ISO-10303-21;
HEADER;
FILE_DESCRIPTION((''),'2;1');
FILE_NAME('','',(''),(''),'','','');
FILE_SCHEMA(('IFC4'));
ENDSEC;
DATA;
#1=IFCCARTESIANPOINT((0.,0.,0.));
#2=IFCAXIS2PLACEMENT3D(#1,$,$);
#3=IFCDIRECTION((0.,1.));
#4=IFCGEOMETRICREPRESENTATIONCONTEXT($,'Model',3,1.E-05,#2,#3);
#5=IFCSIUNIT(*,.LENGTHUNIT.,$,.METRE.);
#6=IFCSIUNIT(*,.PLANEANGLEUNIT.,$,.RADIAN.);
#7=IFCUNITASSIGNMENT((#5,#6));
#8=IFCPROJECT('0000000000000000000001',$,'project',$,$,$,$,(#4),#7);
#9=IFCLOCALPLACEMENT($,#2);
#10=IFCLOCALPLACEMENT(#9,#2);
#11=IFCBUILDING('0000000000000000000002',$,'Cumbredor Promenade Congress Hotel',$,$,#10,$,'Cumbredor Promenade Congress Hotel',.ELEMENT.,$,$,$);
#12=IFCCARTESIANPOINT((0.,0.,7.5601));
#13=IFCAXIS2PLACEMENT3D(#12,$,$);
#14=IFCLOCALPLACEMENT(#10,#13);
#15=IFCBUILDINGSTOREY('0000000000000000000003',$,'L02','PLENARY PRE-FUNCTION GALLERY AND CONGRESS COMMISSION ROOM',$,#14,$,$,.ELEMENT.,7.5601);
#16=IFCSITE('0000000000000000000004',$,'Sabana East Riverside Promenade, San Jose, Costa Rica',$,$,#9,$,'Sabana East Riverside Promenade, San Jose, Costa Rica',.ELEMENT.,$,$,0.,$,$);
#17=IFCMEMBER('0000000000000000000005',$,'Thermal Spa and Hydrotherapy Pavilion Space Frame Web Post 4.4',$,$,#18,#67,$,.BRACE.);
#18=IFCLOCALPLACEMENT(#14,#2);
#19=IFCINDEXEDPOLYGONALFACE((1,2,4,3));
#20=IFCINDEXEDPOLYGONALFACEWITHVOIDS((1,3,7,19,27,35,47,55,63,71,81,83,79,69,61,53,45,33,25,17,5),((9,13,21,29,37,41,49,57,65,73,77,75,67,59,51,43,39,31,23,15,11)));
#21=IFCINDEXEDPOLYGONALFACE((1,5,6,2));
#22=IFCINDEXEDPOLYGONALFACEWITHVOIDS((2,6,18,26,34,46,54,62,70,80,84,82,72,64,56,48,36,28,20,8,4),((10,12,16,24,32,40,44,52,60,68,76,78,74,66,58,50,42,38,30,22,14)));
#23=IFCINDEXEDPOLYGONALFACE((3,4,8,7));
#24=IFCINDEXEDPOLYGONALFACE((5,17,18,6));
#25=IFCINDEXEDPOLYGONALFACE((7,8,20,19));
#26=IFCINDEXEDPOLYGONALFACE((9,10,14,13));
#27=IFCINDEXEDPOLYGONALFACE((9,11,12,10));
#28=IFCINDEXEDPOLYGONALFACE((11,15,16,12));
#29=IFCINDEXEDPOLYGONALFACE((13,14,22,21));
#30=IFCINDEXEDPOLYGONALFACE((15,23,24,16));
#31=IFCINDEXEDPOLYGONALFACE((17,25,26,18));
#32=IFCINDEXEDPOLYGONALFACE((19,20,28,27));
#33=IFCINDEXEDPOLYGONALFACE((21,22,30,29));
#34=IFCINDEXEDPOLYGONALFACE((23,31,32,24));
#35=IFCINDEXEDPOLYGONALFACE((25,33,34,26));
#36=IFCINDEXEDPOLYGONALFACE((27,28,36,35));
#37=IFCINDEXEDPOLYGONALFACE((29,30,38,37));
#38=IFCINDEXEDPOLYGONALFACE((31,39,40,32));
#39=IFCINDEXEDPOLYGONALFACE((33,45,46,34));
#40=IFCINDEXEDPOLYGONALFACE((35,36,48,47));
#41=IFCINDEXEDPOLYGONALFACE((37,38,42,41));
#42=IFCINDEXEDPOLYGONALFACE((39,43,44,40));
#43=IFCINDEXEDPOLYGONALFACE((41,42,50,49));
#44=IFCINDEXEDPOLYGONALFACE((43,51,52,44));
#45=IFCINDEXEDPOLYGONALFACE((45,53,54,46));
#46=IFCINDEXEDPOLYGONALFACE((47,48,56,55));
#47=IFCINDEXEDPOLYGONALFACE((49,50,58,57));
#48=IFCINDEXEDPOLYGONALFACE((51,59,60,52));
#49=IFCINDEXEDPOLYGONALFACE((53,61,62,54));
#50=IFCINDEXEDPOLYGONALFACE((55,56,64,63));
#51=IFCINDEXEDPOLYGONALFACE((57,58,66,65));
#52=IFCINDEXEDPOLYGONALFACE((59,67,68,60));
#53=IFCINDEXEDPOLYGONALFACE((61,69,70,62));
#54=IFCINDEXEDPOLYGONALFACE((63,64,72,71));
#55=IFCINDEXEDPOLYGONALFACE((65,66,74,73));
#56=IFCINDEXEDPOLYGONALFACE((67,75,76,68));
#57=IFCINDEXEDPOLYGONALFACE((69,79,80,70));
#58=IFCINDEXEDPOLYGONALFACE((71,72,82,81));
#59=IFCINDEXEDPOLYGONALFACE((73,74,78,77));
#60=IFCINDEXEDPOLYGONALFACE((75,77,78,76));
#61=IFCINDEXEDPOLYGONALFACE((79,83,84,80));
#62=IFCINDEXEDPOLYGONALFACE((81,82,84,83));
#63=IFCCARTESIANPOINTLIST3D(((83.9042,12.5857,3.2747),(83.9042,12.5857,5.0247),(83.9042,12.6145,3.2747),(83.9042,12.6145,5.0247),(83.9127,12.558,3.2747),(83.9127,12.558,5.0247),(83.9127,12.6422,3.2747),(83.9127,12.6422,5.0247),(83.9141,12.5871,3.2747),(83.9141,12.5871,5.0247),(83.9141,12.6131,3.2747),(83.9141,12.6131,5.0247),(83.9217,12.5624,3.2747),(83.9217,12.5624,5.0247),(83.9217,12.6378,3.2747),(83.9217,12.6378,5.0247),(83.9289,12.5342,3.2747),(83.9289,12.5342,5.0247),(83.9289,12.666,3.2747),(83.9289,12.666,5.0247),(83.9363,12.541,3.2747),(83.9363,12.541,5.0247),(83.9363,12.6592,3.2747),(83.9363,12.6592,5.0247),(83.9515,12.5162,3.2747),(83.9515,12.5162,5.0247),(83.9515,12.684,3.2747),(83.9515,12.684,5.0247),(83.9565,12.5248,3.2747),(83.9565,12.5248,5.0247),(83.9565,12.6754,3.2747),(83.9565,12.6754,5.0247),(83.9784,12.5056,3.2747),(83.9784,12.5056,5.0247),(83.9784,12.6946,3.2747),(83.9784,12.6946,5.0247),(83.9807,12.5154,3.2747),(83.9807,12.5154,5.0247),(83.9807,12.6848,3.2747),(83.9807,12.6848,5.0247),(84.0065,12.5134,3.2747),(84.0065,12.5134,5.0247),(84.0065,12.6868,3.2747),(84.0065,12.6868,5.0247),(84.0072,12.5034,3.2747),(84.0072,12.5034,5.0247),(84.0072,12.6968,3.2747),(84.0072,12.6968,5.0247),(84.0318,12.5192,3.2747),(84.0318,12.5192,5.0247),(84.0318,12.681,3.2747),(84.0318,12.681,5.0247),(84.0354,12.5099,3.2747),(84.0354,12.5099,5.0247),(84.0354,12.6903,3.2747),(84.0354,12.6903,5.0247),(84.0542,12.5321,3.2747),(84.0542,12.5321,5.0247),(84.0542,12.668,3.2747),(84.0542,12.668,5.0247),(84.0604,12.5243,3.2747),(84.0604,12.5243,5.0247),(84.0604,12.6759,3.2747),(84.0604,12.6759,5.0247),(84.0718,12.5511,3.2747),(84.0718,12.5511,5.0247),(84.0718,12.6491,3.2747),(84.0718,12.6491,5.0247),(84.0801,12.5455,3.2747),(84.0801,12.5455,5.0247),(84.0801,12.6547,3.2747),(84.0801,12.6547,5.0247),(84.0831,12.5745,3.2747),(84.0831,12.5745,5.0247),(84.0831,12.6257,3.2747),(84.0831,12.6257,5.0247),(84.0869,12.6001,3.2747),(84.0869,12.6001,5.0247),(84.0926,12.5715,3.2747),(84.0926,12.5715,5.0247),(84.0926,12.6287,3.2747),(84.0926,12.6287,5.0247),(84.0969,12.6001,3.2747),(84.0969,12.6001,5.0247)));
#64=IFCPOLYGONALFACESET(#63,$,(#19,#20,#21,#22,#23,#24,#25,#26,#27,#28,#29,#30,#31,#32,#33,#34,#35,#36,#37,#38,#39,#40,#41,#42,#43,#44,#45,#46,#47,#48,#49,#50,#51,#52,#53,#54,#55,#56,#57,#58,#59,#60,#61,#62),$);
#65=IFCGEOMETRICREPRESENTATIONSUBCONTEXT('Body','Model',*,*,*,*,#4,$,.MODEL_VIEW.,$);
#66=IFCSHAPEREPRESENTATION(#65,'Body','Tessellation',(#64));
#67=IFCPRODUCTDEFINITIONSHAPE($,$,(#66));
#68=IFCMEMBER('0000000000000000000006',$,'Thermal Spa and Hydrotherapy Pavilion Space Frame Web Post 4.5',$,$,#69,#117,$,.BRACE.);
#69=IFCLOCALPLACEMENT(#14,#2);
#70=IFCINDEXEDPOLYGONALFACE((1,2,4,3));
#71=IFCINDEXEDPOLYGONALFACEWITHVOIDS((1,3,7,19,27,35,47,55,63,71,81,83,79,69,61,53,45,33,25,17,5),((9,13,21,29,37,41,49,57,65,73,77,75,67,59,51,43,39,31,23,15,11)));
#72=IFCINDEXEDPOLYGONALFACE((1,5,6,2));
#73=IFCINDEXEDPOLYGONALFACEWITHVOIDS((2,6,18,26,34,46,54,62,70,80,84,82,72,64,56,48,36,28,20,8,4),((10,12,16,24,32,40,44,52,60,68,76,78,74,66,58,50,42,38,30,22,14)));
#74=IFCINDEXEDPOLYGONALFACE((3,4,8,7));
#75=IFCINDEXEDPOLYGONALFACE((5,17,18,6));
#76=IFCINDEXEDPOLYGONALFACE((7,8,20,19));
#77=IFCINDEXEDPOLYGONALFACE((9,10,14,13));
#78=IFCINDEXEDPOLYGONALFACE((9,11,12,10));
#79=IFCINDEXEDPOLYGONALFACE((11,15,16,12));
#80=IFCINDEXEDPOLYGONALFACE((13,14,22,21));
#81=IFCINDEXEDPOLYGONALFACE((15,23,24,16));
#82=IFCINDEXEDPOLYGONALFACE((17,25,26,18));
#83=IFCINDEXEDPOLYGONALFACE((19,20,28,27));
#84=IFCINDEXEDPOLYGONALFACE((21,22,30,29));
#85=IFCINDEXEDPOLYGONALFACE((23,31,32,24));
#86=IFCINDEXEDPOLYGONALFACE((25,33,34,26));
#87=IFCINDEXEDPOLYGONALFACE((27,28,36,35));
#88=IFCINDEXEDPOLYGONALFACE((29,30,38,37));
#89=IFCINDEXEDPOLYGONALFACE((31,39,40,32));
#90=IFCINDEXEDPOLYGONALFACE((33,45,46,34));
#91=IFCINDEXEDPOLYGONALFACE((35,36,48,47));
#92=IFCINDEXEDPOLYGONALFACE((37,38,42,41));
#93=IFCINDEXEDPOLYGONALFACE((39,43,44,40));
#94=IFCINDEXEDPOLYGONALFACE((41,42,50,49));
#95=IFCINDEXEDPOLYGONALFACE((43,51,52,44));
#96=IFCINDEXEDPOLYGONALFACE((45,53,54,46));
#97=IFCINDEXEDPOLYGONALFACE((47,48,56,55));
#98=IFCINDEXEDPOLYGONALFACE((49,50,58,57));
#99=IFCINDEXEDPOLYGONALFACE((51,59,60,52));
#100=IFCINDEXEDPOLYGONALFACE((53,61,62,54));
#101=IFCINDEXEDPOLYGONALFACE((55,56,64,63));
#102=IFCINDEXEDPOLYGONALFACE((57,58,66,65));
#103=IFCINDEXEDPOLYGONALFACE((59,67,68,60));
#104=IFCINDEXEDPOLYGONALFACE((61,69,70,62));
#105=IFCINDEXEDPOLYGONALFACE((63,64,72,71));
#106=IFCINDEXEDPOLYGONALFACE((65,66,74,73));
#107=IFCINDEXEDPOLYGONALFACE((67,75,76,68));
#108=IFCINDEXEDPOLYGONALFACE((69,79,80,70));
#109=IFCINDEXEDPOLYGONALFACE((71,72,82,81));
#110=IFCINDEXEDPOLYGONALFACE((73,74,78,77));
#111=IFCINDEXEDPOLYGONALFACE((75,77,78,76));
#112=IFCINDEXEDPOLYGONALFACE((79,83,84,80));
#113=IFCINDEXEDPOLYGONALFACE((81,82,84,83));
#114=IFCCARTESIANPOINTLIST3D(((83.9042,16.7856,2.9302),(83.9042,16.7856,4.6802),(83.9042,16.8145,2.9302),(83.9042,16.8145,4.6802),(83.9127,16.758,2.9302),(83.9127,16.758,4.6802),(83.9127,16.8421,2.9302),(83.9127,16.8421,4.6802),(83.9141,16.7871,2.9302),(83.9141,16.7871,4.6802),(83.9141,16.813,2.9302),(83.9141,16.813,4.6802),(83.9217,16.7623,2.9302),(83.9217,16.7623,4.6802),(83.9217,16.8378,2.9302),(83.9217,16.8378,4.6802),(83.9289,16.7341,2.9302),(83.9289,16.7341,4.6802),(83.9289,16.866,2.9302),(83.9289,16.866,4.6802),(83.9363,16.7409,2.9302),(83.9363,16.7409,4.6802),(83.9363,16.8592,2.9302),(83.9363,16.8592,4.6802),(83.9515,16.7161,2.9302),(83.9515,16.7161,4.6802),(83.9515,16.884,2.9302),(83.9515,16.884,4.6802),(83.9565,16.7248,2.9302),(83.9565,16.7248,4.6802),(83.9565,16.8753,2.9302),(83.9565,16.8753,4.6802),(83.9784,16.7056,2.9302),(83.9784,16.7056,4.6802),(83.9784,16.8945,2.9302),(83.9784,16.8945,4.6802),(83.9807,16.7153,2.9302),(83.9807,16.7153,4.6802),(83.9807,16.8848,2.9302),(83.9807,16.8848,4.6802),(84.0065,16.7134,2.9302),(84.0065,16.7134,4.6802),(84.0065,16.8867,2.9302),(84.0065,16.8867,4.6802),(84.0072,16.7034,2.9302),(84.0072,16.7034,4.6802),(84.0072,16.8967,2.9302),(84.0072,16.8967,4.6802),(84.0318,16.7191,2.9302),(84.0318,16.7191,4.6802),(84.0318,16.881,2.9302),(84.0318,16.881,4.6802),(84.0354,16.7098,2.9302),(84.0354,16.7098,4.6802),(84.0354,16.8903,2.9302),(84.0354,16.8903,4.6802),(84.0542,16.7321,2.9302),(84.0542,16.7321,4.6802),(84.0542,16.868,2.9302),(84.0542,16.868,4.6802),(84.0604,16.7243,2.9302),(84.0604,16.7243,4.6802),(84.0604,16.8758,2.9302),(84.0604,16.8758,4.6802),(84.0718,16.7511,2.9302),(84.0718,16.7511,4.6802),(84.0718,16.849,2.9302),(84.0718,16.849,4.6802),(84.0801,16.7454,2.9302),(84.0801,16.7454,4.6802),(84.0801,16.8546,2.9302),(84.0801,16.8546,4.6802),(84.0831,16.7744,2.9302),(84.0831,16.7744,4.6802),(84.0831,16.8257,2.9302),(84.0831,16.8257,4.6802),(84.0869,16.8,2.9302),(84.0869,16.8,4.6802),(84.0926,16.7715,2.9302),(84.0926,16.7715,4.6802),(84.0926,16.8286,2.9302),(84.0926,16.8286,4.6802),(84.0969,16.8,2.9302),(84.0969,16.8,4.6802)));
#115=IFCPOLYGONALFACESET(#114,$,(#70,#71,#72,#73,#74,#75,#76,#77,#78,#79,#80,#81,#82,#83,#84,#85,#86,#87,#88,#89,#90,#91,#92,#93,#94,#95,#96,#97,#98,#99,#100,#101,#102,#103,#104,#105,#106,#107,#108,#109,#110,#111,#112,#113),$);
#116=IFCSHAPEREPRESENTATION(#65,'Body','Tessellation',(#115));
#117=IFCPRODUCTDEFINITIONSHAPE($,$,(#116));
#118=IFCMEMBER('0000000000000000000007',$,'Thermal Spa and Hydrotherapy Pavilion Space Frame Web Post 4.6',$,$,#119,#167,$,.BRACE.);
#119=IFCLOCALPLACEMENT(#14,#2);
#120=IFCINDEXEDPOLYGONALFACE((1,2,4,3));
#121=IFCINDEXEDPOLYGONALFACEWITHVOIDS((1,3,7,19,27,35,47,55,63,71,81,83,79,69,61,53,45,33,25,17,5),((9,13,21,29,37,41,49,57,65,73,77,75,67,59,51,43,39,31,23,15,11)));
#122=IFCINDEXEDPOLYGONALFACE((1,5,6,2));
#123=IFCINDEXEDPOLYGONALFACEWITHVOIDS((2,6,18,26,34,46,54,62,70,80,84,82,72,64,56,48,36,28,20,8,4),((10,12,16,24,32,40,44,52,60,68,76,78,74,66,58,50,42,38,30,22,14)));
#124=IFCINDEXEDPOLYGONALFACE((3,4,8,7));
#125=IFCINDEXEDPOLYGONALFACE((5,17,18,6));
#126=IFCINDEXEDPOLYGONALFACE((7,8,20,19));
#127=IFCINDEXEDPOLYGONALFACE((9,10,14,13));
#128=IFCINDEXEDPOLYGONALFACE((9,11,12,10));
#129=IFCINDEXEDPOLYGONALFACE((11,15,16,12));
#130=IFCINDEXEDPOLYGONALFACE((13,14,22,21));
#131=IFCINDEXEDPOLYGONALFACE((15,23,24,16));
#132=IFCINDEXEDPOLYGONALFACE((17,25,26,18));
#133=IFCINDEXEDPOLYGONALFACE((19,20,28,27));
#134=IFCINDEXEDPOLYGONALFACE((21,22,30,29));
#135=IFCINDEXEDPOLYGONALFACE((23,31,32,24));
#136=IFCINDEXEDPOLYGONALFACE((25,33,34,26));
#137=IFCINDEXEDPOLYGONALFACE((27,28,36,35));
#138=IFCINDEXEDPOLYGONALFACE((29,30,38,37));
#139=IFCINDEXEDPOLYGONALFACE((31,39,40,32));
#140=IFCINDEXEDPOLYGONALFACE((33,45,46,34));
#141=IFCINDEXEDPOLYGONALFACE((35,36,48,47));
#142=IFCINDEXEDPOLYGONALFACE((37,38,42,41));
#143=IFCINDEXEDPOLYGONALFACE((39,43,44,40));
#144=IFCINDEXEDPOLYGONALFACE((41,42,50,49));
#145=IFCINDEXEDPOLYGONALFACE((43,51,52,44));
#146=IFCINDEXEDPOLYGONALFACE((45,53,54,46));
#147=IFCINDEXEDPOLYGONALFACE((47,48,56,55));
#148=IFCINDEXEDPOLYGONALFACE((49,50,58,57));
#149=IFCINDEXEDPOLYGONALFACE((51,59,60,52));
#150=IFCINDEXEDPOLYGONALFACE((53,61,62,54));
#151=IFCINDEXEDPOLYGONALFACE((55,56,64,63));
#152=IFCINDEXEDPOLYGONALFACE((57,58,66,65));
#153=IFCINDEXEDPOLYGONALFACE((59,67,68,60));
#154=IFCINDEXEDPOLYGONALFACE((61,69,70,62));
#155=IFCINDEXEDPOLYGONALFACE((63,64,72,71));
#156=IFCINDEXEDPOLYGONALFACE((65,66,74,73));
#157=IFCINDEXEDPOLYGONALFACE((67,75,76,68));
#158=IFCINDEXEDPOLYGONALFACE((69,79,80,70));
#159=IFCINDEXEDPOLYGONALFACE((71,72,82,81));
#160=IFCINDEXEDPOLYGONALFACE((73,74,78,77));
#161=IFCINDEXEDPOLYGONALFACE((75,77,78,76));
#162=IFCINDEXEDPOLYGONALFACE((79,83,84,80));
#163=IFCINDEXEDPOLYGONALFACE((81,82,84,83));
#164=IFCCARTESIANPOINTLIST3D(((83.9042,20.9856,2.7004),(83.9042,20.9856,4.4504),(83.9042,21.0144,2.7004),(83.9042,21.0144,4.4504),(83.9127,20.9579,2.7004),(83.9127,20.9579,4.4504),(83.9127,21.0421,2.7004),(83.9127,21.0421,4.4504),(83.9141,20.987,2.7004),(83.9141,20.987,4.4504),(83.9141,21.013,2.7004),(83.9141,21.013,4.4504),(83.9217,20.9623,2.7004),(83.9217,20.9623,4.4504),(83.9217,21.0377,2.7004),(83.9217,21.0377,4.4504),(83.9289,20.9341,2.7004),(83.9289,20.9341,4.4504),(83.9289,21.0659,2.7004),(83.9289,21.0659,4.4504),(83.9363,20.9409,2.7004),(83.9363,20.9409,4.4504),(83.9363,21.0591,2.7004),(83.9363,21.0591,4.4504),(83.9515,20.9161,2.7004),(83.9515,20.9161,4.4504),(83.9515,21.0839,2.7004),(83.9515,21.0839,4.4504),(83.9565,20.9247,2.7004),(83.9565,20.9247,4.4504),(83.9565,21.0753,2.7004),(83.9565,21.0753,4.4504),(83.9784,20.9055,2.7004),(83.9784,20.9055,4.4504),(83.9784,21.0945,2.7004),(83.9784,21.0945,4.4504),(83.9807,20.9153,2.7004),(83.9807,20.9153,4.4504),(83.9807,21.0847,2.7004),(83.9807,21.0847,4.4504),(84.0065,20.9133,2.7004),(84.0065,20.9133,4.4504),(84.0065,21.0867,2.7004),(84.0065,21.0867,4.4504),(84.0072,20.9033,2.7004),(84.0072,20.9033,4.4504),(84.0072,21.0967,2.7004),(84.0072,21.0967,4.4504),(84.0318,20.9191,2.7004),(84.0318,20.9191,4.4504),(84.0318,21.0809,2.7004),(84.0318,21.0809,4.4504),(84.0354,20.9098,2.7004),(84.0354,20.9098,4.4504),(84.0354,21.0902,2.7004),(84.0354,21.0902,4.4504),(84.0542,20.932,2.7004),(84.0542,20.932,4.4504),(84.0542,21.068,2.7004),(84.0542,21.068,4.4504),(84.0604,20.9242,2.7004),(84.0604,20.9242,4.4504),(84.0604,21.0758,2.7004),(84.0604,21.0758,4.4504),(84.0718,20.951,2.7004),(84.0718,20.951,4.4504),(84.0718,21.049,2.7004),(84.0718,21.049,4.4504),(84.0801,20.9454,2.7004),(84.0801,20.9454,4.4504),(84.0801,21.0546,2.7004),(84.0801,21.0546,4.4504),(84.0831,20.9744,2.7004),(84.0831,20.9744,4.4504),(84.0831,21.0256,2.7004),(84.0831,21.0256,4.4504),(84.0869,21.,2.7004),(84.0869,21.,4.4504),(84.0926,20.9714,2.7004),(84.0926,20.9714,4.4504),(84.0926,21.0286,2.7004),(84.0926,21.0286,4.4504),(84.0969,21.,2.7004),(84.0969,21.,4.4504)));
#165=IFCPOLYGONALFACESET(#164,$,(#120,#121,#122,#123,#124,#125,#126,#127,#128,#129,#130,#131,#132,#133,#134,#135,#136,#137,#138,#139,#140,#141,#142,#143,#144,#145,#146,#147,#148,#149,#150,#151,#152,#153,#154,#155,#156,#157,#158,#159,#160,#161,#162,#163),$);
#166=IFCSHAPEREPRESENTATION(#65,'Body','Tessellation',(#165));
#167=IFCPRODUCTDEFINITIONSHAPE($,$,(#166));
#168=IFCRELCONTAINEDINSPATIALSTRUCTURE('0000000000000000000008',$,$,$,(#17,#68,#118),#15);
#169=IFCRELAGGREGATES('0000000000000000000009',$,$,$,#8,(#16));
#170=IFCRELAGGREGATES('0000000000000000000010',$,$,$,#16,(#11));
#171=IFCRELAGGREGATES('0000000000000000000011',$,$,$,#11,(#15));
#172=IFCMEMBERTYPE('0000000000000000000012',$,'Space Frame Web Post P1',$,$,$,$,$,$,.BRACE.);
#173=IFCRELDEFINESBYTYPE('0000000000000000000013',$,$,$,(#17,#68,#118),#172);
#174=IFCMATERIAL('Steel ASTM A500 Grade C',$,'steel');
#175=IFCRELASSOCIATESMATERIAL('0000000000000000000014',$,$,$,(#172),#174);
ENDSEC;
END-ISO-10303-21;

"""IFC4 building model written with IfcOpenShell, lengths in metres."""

from ifc_helpers import new_model, si_unit, direction, frame, origin, origin_2d, place, context, subcontext, project, spatial, hollow_circle, extrude, material, material_profile, profile_set, type_object, element, save


model = new_model("IFC4")

# Units and contexts
model_context = context("Model", 3, precision=1e-05, world=origin(), true_north=direction((0.0, 1.0)))
body_context = subcontext(model_context, "Body", "Model", "MODEL_VIEW")
ifc_project = project(units=[si_unit("LENGTHUNIT", "METRE"), si_unit("PLANEANGLEUNIT", "RADIAN")], contexts=[model_context])

# Site, building, storey
site_placement = place(None, origin())
site = spatial("IfcSite", under=ifc_project, at=site_placement, Name="Sabana East Riverside Promenade, San Jose, Costa Rica", LongName="Sabana East Riverside Promenade, San Jose, Costa Rica", CompositionType="ELEMENT", RefElevation=0.0)
building_placement = place(site_placement, origin())
building = spatial("IfcBuilding", under=site, at=building_placement, Name="Cumbredor Promenade Congress Hotel", LongName="Cumbredor Promenade Congress Hotel", CompositionType="ELEMENT")
storey_placement = place(building_placement, frame((0.0, 0.0, 7.5601)))
storey = spatial("IfcBuildingStorey", under=building, at=storey_placement, Name="L02", Description="PLENARY PRE-FUNCTION GALLERY AND CONGRESS COMMISSION ROOM", CompositionType="ELEMENT", Elevation=7.5601)

# Members
ifc_material_1 = material(Name="Steel ASTM A500 Grade C", Category="steel")
ifc_material_profile_1 = material_profile(ifc_material_1, hollow_circle(Radius=0.0969, WallThickness=0.01, at=origin_2d()), Name="CHS 193.7x10")
ifc_profile_set_1 = profile_set([ifc_material_profile_1], Name="Steel ASTM A500 Grade C")
member_type_1 = type_object("IfcMemberType", Name="Space Frame Web Post P1", PredefinedType="BRACE", material=ifc_profile_set_1)
for number, where, z_axis, x_axis, name in (
    (1, (84.0, 12.6001, 3.2747), (0.0, 0.0, 1.0), (1.0, 0.0, 0.0), "Thermal Spa and Hydrotherapy Pavilion Space Frame Web Post 4.4"),
    (2, (84.0, 16.8, 2.9302), (0.0, 0.0, 1.0), (1.0, 0.0, 0.0), "Thermal Spa and Hydrotherapy Pavilion Space Frame Web Post 4.5"),
    (3, (84.0, 21.0, 2.7004), (0.0, 0.0, 1.0), (1.0, 0.0, 0.0), "Thermal Spa and Hydrotherapy Pavilion Space Frame Web Post 4.6"),
):
    element("IfcMember", number, at=place(storey_placement, frame(where, z_axis=z_axis, x_axis=x_axis)), inside=storey, type_object=member_type_1, Name=name, PredefinedType="BRACE", context=body_context, shape_type="SweptSolid", body=[
        extrude(hollow_circle(Radius=0.0969, WallThickness=0.01, at=origin_2d()), origin(), (0.0, 0.0, 1.0), 1.75),
    ])

save(model, "model.ifc")
